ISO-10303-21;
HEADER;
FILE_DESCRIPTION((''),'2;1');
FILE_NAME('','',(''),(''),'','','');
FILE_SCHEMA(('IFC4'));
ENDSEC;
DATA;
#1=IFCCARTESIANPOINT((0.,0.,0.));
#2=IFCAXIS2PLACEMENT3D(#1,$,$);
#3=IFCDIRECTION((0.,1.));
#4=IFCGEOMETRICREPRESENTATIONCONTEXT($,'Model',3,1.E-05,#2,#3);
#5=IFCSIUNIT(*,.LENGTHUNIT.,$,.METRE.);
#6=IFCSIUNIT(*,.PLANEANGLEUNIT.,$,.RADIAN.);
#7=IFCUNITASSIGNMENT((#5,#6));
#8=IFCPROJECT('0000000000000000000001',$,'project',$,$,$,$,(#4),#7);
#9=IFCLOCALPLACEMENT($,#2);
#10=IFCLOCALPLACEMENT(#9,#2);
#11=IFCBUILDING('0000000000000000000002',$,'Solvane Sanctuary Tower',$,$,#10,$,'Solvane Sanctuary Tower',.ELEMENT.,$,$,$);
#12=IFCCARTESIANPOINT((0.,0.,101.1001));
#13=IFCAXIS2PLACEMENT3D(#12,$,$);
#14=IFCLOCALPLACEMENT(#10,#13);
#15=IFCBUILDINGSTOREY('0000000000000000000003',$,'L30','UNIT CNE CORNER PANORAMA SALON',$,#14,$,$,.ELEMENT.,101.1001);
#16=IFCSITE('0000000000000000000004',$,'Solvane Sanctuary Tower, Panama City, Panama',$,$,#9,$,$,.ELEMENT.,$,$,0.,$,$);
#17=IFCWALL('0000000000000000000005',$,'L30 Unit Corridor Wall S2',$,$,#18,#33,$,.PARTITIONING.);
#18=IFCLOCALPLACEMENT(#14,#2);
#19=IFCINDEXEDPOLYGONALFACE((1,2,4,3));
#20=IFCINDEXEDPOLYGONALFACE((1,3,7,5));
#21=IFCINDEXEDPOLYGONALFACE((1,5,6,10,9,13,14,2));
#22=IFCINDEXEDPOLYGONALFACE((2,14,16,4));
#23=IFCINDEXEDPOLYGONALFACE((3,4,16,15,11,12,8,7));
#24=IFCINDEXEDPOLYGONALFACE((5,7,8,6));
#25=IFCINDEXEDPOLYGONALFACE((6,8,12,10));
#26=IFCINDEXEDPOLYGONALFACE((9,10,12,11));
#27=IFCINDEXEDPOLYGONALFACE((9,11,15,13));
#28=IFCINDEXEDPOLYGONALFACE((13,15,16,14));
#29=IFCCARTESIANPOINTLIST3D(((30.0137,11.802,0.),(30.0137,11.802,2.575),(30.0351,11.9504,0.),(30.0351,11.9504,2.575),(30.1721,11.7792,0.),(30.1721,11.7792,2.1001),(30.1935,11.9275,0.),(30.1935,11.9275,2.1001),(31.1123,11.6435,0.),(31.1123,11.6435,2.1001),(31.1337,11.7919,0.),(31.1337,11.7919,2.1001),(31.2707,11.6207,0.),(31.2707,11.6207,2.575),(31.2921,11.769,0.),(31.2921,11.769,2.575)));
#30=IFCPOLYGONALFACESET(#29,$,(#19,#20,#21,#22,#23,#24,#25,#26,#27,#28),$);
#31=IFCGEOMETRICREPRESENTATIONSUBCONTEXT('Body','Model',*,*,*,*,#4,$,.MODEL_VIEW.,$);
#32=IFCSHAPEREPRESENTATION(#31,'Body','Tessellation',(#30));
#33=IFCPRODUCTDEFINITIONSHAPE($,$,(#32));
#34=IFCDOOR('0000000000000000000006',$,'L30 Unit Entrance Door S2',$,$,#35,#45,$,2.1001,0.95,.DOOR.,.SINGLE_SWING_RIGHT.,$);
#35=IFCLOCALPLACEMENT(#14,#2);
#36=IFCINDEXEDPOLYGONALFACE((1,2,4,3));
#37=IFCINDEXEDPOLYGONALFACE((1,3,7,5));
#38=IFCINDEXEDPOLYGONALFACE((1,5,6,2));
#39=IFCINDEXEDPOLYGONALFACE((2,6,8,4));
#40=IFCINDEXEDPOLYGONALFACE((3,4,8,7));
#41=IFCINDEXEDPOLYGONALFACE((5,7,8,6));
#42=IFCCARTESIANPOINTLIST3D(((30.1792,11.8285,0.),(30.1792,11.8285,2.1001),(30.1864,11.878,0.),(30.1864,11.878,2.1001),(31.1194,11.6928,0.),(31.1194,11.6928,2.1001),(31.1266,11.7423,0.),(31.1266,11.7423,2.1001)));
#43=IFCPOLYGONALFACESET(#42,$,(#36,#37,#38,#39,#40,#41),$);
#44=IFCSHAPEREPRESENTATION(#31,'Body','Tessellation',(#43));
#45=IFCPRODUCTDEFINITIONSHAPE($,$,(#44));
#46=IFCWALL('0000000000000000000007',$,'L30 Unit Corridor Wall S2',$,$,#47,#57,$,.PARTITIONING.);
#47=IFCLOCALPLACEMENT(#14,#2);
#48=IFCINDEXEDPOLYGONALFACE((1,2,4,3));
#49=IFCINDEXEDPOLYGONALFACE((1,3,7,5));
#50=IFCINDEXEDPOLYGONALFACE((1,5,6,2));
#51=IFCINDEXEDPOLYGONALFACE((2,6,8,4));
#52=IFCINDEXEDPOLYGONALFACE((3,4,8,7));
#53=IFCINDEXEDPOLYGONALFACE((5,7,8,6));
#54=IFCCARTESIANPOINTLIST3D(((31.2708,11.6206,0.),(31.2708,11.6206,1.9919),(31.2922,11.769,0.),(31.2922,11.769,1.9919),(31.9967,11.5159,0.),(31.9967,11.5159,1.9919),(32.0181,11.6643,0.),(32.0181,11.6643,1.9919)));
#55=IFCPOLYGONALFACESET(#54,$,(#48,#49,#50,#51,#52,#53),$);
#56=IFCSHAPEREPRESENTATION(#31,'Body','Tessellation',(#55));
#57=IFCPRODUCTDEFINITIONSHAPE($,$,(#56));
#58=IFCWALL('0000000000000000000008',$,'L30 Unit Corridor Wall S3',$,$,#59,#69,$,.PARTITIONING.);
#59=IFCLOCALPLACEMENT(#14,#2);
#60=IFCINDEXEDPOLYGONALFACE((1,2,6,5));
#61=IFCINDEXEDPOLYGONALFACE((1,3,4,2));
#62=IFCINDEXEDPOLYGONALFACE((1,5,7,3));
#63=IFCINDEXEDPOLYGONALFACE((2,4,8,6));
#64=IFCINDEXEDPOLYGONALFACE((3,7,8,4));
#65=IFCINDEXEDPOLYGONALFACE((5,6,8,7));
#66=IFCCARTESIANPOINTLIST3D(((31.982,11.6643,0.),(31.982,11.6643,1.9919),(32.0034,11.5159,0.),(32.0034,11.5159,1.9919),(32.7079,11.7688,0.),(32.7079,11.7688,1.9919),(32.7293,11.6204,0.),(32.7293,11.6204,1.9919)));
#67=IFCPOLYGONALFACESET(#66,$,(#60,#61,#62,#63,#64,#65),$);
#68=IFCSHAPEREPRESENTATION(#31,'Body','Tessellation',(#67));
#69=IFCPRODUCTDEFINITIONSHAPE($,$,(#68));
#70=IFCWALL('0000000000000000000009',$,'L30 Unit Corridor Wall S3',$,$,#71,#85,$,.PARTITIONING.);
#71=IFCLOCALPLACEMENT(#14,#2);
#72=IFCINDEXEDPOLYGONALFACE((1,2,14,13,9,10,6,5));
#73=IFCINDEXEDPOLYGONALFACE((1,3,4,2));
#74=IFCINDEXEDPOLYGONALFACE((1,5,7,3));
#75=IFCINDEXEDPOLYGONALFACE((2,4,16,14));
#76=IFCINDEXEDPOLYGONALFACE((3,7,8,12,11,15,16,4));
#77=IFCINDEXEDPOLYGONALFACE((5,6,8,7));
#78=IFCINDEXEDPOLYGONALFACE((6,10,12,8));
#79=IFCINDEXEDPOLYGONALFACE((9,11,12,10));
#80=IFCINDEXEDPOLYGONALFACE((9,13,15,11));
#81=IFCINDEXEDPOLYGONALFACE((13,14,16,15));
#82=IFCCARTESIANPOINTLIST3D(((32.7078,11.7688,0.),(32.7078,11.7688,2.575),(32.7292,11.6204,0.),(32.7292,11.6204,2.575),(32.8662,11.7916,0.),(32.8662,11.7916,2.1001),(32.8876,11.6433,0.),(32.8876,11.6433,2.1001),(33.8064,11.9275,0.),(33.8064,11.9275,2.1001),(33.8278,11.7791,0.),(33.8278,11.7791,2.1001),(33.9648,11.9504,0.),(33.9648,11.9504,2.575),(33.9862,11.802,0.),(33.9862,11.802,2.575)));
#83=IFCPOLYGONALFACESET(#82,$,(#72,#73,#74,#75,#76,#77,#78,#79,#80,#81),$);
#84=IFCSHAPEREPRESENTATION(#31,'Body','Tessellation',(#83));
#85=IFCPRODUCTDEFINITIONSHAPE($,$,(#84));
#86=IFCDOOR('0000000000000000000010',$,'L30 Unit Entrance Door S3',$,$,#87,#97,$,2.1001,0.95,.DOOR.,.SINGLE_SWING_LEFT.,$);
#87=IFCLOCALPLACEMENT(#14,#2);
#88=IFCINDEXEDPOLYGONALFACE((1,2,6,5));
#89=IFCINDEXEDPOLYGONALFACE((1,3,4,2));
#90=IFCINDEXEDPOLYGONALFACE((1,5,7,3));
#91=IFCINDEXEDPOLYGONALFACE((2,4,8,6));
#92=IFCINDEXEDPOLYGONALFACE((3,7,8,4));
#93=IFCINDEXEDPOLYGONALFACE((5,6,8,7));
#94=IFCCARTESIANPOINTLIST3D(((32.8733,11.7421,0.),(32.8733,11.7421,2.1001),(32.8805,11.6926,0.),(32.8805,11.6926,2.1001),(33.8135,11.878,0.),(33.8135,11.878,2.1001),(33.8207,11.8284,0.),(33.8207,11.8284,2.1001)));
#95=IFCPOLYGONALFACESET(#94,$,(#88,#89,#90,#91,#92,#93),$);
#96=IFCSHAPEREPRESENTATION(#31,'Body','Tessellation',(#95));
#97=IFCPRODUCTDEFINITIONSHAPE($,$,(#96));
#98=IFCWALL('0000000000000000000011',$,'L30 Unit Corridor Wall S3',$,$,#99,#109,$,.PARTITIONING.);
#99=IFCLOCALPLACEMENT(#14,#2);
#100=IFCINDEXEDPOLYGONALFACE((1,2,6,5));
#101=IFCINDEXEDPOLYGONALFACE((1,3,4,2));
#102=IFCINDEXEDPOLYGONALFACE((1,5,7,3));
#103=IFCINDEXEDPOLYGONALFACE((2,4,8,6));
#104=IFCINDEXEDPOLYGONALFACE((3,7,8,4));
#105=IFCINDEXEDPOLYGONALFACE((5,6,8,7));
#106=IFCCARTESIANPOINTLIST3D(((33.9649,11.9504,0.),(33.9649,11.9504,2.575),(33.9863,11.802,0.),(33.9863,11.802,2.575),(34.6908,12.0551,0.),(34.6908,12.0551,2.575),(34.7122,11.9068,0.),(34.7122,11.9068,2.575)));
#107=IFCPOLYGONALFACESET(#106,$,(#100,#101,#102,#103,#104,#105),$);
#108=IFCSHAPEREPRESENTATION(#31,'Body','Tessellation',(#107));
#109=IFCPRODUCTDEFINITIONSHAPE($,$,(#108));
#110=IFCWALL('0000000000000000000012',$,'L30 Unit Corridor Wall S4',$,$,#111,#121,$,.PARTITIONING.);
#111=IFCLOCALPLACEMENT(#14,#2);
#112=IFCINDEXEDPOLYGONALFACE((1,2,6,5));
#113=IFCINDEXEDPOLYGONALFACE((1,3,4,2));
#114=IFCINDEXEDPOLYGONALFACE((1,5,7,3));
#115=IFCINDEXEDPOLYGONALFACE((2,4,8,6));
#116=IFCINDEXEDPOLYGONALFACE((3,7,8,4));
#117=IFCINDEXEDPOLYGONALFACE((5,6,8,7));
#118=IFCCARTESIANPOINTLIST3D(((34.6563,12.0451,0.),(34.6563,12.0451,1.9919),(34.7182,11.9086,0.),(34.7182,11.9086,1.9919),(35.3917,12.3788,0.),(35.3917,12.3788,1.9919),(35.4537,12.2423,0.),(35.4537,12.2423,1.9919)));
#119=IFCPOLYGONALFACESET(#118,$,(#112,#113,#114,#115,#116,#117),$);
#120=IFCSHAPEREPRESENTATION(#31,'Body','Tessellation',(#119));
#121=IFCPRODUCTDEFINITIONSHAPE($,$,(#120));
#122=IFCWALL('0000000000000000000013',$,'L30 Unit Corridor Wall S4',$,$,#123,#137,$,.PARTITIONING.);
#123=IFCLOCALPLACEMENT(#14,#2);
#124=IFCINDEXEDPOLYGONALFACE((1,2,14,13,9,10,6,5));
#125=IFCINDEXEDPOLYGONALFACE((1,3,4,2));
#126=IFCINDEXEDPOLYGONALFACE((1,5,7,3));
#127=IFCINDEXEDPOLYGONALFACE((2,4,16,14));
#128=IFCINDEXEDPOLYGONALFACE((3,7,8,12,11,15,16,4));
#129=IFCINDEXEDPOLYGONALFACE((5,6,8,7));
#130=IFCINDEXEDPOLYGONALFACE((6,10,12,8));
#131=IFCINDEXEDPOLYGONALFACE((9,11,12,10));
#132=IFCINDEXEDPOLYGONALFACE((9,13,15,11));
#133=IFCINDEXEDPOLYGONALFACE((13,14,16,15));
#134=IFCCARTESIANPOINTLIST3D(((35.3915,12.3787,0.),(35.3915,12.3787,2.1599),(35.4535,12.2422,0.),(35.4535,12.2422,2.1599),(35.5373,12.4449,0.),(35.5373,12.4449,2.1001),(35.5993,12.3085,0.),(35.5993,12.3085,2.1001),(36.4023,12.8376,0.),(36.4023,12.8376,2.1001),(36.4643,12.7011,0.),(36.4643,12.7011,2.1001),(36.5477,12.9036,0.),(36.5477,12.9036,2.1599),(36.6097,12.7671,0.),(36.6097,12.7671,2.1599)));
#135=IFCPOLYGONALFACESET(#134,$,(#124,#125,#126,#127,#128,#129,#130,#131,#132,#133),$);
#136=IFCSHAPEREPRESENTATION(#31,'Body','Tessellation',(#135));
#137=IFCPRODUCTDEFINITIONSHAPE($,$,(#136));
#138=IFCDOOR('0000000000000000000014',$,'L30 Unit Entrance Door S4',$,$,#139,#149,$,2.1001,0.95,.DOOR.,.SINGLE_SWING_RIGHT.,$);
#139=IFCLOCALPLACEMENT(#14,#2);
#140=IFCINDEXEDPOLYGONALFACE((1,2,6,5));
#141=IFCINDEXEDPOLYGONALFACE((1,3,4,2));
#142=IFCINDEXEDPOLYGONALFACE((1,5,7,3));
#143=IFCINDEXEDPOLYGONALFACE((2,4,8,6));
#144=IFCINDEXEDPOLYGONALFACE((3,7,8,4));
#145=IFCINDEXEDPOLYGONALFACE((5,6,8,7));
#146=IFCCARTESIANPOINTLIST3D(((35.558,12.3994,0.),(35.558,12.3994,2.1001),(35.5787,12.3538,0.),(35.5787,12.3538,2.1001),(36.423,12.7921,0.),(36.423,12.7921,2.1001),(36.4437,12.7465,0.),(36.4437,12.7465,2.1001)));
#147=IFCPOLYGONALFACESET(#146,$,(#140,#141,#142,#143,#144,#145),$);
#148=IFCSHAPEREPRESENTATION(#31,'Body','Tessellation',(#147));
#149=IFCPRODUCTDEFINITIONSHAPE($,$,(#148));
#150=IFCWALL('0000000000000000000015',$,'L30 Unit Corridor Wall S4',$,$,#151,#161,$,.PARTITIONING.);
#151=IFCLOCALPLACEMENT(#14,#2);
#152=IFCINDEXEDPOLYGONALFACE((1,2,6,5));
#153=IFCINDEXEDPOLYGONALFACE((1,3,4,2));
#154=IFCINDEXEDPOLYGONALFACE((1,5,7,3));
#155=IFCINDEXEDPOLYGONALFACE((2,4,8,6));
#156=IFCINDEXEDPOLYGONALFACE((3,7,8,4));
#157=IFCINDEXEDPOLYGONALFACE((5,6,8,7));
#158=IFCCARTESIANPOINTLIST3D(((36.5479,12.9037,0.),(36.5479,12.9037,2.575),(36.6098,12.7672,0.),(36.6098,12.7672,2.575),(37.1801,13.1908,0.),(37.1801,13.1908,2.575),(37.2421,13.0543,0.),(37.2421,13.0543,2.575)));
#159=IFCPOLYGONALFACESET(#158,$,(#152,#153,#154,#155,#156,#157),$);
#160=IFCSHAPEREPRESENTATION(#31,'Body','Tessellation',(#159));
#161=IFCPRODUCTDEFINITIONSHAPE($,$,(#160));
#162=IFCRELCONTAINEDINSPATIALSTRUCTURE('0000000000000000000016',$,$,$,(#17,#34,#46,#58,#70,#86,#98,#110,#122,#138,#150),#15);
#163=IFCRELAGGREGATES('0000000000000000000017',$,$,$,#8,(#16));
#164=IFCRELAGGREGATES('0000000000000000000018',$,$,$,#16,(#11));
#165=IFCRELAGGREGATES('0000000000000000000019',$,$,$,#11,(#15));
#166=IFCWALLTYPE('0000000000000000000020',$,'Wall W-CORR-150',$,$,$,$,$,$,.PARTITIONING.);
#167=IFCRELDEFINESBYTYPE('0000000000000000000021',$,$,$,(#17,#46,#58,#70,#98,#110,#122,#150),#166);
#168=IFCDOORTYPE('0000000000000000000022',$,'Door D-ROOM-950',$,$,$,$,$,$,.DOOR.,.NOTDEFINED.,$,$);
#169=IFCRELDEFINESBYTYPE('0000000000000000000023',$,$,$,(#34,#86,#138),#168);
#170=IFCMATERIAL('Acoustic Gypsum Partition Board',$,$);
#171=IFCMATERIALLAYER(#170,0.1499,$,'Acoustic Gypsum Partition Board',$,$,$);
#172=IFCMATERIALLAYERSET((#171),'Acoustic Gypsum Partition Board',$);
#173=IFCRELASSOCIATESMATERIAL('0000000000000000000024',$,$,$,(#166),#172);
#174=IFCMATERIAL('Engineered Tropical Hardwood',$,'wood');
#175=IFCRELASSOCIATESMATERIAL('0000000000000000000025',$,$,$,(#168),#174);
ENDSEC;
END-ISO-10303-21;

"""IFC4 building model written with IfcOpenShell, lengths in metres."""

from ifc_helpers import new_model, si_unit, direction, frame, frame_2d, origin, place, context, subcontext, project, spatial, rectangle, extrude, material, layer, layer_set, type_object, element, fill, save


model = new_model("IFC4")

# Units and contexts
model_context = context("Model", 3, precision=1e-05, world=origin(), true_north=direction((0.0, 1.0)))
body_context = subcontext(model_context, "Body", "Model", "MODEL_VIEW")
ifc_project = project(units=[si_unit("LENGTHUNIT", "METRE"), si_unit("PLANEANGLEUNIT", "RADIAN")], contexts=[model_context])

# Site, building, storey
site_placement = place(None, origin())
site = spatial("IfcSite", under=ifc_project, at=site_placement, Name="Solvane Sanctuary Tower, Panama City, Panama", CompositionType="ELEMENT", RefElevation=0.0)
building_placement = place(site_placement, origin())
building = spatial("IfcBuilding", under=site, at=building_placement, Name="Solvane Sanctuary Tower", LongName="Solvane Sanctuary Tower", CompositionType="ELEMENT")
storey_placement = place(building_placement, frame((0.0, 0.0, 101.1001)))
storey = spatial("IfcBuildingStorey", under=building, at=storey_placement, Name="L30", Description="UNIT CNE CORNER PANORAMA SALON", CompositionType="ELEMENT", Elevation=101.1001)

# Shared definitions
ifc_material_1 = material(Name="Acoustic Gypsum Partition Board")
ifc_layer_1 = layer(ifc_material_1, 0.1499, Name="Acoustic Gypsum Partition Board")
ifc_layer_set_1 = layer_set([ifc_layer_1], Name="Acoustic Gypsum Partition Board")
wall_type_1 = type_object("IfcWallType", Name="Wall W-CORR-150", PredefinedType="PARTITIONING", material=ifc_layer_set_1)

# Wall, opening, door
wall_1_placement = place(storey_placement, frame((30.0244, 11.8762, 0.0), z_axis=(0.0, 0.0, 1.0), x_axis=(0.989749, -0.142821, 0.0)))
wall_1 = element("IfcWall", 1, at=wall_1_placement, inside=storey, type_object=wall_type_1, Name="L30 Unit Corridor Wall S2", PredefinedType="PARTITIONING", context=body_context, shape_type="SweptSolid", body=[
    extrude(rectangle(XDim=1.27, YDim=0.1499, at=frame_2d((0.635, 0.0))), origin(), (0.0, 0.0, 1.0), 2.575),
])
opening_1_placement = place(wall_1_placement, frame((0.1599, 0.0, 0.0)))
opening_1 = element("IfcOpeningElement", 2, at=opening_1_placement, cuts=wall_1, PredefinedType="OPENING", context=body_context, shape_type="SweptSolid", body=[
    extrude(rectangle(XDim=0.95, YDim=2.1001, at=frame_2d((0.4751, 1.05))), frame((0.0, 0.085, 0.0), z_axis=(0.0, -1.0, 0.0), x_axis=(1.0, 0.0, 0.0)), (0.0, 0.0, 1.0), 0.1699),
])
ifc_material_2 = material(Name="Engineered Tropical Hardwood", Category="wood")
door_type = type_object("IfcDoorType", Name="Door D-ROOM-950", OperationType="NOTDEFINED", PredefinedType="DOOR", material=ifc_material_2)
door_1_placement = place(opening_1_placement, origin())
door_1 = element("IfcDoor", 3, at=door_1_placement, inside=storey, type_object=door_type, Name="L30 Unit Entrance Door S2", OperationType="SINGLE_SWING_RIGHT", OverallHeight=2.1001, OverallWidth=0.95, PredefinedType="DOOR", context=body_context, shape_type="SweptSolid", body=[
    extrude(rectangle(XDim=0.95, YDim=2.1001, at=frame_2d((0.4751, 1.05))), frame((0.0, 0.0249, 0.0), z_axis=(0.0, -1.0, 0.0), x_axis=(1.0, 0.0, 0.0)), (0.0, 0.0, 1.0), 0.05),
])
fill(opening_1, door_1)

# Walls
for number, where, z_axis, x_axis, name in (
    (4, (31.2815, 11.6948, 0.0), (0.0, 0.0, 1.0), (0.989749, -0.142819, 0.0), "L30 Unit Corridor Wall S2"),
    (5, (31.9927, 11.5901, 0.0), (0.0, 0.0, 1.0), (0.989796, 0.142493, 0.0), "L30 Unit Corridor Wall S3"),
):
    element("IfcWall", number, at=place(storey_placement, frame(where, z_axis=z_axis, x_axis=x_axis)), inside=storey, type_object=wall_type_1, Name=name, PredefinedType="PARTITIONING", context=body_context, shape_type="SweptSolid", body=[
        extrude(rectangle(XDim=0.7334, YDim=0.1499, at=frame_2d((0.3667, 0.0))), origin(), (0.0, 0.0, 1.0), 1.9919),
    ])

# Wall, opening, door
wall_2_placement = place(storey_placement, frame((32.7185, 11.6946, 0.0), z_axis=(0.0, 0.0, 1.0), x_axis=(0.989721, 0.143009, 0.0)))
wall_2 = element("IfcWall", 6, at=wall_2_placement, inside=storey, type_object=wall_type_1, Name="L30 Unit Corridor Wall S3", PredefinedType="PARTITIONING", context=body_context, shape_type="SweptSolid", body=[
    extrude(rectangle(XDim=1.27, YDim=0.1499, at=frame_2d((0.635, 0.0))), origin(), (0.0, 0.0, 1.0), 2.575),
])
opening_2_placement = place(wall_2_placement, frame((0.1599, 0.0, 0.0)))
opening_2 = element("IfcOpeningElement", 7, at=opening_2_placement, cuts=wall_2, PredefinedType="OPENING", context=body_context, shape_type="SweptSolid", body=[
    extrude(rectangle(XDim=0.95, YDim=2.1001, at=frame_2d((0.4751, 1.05))), frame((0.0, 0.085, 0.0), z_axis=(0.0, -1.0, 0.0), x_axis=(1.0, 0.0, 0.0)), (0.0, 0.0, 1.0), 0.1699),
])
door_2_placement = place(opening_2_placement, origin())
door_2 = element("IfcDoor", 8, at=door_2_placement, inside=storey, type_object=door_type, Name="L30 Unit Entrance Door S3", OperationType="SINGLE_SWING_LEFT", OverallHeight=2.1001, OverallWidth=0.95, PredefinedType="DOOR", context=body_context, shape_type="SweptSolid", body=[
    extrude(rectangle(XDim=0.95, YDim=2.1001, at=frame_2d((0.4751, 1.05))), frame((0.0, 0.0249, 0.0), z_axis=(0.0, -1.0, 0.0), x_axis=(1.0, 0.0, 0.0)), (0.0, 0.0, 1.0), 0.05),
])
fill(opening_2, door_2)

# Walls
wall_3_placement = place(storey_placement, frame((33.9756, 11.8762, 0.0), z_axis=(0.0, 0.0, 1.0), x_axis=(0.989749, 0.142819, 0.0)))
element("IfcWall", 9, at=wall_3_placement, inside=storey, type_object=wall_type_1, Name="L30 Unit Corridor Wall S3", PredefinedType="PARTITIONING", context=body_context, shape_type="SweptSolid", body=[
    extrude(rectangle(XDim=0.7334, YDim=0.1499, at=frame_2d((0.3667, 0.0))), origin(), (0.0, 0.0, 1.0), 2.575),
])
wall_4_placement = place(storey_placement, frame((34.6873, 11.9768, 0.0), z_axis=(0.0, 0.0, 1.0), x_axis=(0.910604, 0.413279, 0.0)))
element("IfcWall", 10, at=wall_4_placement, inside=storey, type_object=wall_type_1, Name="L30 Unit Corridor Wall S4", PredefinedType="PARTITIONING", context=body_context, shape_type="SweptSolid", body=[
    extrude(rectangle(XDim=0.8076, YDim=0.1499, at=frame_2d((0.4038, 0.0))), origin(), (0.0, 0.0, 1.0), 1.9919),
])

# Wall, opening, door
wall_5_placement = place(storey_placement, frame((35.4226, 12.3105, 0.0), z_axis=(0.0, 0.0, 1.0), x_axis=(0.910564, 0.413368, 0.0)))
wall_5 = element("IfcWall", 11, at=wall_5_placement, inside=storey, type_object=wall_type_1, Name="L30 Unit Corridor Wall S4", PredefinedType="PARTITIONING", context=body_context, shape_type="SweptSolid", body=[
    extrude(rectangle(XDim=1.2698, YDim=0.1499, at=frame_2d((0.6348, 0.0))), origin(), (0.0, 0.0, 1.0), 2.1599),
])
opening_3_placement = place(wall_5_placement, frame((0.1599, 0.0, 0.0)))
opening_3 = element("IfcOpeningElement", 12, at=opening_3_placement, cuts=wall_5, PredefinedType="OPENING", context=body_context, shape_type="SweptSolid", body=[
    extrude(rectangle(XDim=0.95, YDim=2.1001, at=frame_2d((0.4751, 1.05))), frame((0.0, 0.085, 0.0), z_axis=(0.0, -1.0, 0.0), x_axis=(1.0, 0.0, 0.0)), (0.0, 0.0, 1.0), 0.1699),
])
door_3_placement = place(opening_3_placement, origin())
door_3 = element("IfcDoor", 13, at=door_3_placement, inside=storey, type_object=door_type, Name="L30 Unit Entrance Door S4", OperationType="SINGLE_SWING_RIGHT", OverallHeight=2.1001, OverallWidth=0.95, PredefinedType="DOOR", context=body_context, shape_type="SweptSolid", body=[
    extrude(rectangle(XDim=0.95, YDim=2.1001, at=frame_2d((0.4751, 1.05))), frame((0.0, 0.0249, 0.0), z_axis=(0.0, -1.0, 0.0), x_axis=(1.0, 0.0, 0.0)), (0.0, 0.0, 1.0), 0.05),
])
fill(opening_3, door_3)

# Wall
wall_6_placement = place(storey_placement, frame((36.5789, 12.8354, 0.0), z_axis=(0.0, 0.0, 1.0), x_axis=(0.910535, 0.413432, 0.0)))
element("IfcWall", 14, at=wall_6_placement, inside=storey, type_object=wall_type_1, Name="L30 Unit Corridor Wall S4", PredefinedType="PARTITIONING", context=body_context, shape_type="SweptSolid", body=[
    extrude(rectangle(XDim=0.6943, YDim=0.1499, at=frame_2d((0.3472, 0.0))), origin(), (0.0, 0.0, 1.0), 2.575),
])

save(model, "model.ifc")
